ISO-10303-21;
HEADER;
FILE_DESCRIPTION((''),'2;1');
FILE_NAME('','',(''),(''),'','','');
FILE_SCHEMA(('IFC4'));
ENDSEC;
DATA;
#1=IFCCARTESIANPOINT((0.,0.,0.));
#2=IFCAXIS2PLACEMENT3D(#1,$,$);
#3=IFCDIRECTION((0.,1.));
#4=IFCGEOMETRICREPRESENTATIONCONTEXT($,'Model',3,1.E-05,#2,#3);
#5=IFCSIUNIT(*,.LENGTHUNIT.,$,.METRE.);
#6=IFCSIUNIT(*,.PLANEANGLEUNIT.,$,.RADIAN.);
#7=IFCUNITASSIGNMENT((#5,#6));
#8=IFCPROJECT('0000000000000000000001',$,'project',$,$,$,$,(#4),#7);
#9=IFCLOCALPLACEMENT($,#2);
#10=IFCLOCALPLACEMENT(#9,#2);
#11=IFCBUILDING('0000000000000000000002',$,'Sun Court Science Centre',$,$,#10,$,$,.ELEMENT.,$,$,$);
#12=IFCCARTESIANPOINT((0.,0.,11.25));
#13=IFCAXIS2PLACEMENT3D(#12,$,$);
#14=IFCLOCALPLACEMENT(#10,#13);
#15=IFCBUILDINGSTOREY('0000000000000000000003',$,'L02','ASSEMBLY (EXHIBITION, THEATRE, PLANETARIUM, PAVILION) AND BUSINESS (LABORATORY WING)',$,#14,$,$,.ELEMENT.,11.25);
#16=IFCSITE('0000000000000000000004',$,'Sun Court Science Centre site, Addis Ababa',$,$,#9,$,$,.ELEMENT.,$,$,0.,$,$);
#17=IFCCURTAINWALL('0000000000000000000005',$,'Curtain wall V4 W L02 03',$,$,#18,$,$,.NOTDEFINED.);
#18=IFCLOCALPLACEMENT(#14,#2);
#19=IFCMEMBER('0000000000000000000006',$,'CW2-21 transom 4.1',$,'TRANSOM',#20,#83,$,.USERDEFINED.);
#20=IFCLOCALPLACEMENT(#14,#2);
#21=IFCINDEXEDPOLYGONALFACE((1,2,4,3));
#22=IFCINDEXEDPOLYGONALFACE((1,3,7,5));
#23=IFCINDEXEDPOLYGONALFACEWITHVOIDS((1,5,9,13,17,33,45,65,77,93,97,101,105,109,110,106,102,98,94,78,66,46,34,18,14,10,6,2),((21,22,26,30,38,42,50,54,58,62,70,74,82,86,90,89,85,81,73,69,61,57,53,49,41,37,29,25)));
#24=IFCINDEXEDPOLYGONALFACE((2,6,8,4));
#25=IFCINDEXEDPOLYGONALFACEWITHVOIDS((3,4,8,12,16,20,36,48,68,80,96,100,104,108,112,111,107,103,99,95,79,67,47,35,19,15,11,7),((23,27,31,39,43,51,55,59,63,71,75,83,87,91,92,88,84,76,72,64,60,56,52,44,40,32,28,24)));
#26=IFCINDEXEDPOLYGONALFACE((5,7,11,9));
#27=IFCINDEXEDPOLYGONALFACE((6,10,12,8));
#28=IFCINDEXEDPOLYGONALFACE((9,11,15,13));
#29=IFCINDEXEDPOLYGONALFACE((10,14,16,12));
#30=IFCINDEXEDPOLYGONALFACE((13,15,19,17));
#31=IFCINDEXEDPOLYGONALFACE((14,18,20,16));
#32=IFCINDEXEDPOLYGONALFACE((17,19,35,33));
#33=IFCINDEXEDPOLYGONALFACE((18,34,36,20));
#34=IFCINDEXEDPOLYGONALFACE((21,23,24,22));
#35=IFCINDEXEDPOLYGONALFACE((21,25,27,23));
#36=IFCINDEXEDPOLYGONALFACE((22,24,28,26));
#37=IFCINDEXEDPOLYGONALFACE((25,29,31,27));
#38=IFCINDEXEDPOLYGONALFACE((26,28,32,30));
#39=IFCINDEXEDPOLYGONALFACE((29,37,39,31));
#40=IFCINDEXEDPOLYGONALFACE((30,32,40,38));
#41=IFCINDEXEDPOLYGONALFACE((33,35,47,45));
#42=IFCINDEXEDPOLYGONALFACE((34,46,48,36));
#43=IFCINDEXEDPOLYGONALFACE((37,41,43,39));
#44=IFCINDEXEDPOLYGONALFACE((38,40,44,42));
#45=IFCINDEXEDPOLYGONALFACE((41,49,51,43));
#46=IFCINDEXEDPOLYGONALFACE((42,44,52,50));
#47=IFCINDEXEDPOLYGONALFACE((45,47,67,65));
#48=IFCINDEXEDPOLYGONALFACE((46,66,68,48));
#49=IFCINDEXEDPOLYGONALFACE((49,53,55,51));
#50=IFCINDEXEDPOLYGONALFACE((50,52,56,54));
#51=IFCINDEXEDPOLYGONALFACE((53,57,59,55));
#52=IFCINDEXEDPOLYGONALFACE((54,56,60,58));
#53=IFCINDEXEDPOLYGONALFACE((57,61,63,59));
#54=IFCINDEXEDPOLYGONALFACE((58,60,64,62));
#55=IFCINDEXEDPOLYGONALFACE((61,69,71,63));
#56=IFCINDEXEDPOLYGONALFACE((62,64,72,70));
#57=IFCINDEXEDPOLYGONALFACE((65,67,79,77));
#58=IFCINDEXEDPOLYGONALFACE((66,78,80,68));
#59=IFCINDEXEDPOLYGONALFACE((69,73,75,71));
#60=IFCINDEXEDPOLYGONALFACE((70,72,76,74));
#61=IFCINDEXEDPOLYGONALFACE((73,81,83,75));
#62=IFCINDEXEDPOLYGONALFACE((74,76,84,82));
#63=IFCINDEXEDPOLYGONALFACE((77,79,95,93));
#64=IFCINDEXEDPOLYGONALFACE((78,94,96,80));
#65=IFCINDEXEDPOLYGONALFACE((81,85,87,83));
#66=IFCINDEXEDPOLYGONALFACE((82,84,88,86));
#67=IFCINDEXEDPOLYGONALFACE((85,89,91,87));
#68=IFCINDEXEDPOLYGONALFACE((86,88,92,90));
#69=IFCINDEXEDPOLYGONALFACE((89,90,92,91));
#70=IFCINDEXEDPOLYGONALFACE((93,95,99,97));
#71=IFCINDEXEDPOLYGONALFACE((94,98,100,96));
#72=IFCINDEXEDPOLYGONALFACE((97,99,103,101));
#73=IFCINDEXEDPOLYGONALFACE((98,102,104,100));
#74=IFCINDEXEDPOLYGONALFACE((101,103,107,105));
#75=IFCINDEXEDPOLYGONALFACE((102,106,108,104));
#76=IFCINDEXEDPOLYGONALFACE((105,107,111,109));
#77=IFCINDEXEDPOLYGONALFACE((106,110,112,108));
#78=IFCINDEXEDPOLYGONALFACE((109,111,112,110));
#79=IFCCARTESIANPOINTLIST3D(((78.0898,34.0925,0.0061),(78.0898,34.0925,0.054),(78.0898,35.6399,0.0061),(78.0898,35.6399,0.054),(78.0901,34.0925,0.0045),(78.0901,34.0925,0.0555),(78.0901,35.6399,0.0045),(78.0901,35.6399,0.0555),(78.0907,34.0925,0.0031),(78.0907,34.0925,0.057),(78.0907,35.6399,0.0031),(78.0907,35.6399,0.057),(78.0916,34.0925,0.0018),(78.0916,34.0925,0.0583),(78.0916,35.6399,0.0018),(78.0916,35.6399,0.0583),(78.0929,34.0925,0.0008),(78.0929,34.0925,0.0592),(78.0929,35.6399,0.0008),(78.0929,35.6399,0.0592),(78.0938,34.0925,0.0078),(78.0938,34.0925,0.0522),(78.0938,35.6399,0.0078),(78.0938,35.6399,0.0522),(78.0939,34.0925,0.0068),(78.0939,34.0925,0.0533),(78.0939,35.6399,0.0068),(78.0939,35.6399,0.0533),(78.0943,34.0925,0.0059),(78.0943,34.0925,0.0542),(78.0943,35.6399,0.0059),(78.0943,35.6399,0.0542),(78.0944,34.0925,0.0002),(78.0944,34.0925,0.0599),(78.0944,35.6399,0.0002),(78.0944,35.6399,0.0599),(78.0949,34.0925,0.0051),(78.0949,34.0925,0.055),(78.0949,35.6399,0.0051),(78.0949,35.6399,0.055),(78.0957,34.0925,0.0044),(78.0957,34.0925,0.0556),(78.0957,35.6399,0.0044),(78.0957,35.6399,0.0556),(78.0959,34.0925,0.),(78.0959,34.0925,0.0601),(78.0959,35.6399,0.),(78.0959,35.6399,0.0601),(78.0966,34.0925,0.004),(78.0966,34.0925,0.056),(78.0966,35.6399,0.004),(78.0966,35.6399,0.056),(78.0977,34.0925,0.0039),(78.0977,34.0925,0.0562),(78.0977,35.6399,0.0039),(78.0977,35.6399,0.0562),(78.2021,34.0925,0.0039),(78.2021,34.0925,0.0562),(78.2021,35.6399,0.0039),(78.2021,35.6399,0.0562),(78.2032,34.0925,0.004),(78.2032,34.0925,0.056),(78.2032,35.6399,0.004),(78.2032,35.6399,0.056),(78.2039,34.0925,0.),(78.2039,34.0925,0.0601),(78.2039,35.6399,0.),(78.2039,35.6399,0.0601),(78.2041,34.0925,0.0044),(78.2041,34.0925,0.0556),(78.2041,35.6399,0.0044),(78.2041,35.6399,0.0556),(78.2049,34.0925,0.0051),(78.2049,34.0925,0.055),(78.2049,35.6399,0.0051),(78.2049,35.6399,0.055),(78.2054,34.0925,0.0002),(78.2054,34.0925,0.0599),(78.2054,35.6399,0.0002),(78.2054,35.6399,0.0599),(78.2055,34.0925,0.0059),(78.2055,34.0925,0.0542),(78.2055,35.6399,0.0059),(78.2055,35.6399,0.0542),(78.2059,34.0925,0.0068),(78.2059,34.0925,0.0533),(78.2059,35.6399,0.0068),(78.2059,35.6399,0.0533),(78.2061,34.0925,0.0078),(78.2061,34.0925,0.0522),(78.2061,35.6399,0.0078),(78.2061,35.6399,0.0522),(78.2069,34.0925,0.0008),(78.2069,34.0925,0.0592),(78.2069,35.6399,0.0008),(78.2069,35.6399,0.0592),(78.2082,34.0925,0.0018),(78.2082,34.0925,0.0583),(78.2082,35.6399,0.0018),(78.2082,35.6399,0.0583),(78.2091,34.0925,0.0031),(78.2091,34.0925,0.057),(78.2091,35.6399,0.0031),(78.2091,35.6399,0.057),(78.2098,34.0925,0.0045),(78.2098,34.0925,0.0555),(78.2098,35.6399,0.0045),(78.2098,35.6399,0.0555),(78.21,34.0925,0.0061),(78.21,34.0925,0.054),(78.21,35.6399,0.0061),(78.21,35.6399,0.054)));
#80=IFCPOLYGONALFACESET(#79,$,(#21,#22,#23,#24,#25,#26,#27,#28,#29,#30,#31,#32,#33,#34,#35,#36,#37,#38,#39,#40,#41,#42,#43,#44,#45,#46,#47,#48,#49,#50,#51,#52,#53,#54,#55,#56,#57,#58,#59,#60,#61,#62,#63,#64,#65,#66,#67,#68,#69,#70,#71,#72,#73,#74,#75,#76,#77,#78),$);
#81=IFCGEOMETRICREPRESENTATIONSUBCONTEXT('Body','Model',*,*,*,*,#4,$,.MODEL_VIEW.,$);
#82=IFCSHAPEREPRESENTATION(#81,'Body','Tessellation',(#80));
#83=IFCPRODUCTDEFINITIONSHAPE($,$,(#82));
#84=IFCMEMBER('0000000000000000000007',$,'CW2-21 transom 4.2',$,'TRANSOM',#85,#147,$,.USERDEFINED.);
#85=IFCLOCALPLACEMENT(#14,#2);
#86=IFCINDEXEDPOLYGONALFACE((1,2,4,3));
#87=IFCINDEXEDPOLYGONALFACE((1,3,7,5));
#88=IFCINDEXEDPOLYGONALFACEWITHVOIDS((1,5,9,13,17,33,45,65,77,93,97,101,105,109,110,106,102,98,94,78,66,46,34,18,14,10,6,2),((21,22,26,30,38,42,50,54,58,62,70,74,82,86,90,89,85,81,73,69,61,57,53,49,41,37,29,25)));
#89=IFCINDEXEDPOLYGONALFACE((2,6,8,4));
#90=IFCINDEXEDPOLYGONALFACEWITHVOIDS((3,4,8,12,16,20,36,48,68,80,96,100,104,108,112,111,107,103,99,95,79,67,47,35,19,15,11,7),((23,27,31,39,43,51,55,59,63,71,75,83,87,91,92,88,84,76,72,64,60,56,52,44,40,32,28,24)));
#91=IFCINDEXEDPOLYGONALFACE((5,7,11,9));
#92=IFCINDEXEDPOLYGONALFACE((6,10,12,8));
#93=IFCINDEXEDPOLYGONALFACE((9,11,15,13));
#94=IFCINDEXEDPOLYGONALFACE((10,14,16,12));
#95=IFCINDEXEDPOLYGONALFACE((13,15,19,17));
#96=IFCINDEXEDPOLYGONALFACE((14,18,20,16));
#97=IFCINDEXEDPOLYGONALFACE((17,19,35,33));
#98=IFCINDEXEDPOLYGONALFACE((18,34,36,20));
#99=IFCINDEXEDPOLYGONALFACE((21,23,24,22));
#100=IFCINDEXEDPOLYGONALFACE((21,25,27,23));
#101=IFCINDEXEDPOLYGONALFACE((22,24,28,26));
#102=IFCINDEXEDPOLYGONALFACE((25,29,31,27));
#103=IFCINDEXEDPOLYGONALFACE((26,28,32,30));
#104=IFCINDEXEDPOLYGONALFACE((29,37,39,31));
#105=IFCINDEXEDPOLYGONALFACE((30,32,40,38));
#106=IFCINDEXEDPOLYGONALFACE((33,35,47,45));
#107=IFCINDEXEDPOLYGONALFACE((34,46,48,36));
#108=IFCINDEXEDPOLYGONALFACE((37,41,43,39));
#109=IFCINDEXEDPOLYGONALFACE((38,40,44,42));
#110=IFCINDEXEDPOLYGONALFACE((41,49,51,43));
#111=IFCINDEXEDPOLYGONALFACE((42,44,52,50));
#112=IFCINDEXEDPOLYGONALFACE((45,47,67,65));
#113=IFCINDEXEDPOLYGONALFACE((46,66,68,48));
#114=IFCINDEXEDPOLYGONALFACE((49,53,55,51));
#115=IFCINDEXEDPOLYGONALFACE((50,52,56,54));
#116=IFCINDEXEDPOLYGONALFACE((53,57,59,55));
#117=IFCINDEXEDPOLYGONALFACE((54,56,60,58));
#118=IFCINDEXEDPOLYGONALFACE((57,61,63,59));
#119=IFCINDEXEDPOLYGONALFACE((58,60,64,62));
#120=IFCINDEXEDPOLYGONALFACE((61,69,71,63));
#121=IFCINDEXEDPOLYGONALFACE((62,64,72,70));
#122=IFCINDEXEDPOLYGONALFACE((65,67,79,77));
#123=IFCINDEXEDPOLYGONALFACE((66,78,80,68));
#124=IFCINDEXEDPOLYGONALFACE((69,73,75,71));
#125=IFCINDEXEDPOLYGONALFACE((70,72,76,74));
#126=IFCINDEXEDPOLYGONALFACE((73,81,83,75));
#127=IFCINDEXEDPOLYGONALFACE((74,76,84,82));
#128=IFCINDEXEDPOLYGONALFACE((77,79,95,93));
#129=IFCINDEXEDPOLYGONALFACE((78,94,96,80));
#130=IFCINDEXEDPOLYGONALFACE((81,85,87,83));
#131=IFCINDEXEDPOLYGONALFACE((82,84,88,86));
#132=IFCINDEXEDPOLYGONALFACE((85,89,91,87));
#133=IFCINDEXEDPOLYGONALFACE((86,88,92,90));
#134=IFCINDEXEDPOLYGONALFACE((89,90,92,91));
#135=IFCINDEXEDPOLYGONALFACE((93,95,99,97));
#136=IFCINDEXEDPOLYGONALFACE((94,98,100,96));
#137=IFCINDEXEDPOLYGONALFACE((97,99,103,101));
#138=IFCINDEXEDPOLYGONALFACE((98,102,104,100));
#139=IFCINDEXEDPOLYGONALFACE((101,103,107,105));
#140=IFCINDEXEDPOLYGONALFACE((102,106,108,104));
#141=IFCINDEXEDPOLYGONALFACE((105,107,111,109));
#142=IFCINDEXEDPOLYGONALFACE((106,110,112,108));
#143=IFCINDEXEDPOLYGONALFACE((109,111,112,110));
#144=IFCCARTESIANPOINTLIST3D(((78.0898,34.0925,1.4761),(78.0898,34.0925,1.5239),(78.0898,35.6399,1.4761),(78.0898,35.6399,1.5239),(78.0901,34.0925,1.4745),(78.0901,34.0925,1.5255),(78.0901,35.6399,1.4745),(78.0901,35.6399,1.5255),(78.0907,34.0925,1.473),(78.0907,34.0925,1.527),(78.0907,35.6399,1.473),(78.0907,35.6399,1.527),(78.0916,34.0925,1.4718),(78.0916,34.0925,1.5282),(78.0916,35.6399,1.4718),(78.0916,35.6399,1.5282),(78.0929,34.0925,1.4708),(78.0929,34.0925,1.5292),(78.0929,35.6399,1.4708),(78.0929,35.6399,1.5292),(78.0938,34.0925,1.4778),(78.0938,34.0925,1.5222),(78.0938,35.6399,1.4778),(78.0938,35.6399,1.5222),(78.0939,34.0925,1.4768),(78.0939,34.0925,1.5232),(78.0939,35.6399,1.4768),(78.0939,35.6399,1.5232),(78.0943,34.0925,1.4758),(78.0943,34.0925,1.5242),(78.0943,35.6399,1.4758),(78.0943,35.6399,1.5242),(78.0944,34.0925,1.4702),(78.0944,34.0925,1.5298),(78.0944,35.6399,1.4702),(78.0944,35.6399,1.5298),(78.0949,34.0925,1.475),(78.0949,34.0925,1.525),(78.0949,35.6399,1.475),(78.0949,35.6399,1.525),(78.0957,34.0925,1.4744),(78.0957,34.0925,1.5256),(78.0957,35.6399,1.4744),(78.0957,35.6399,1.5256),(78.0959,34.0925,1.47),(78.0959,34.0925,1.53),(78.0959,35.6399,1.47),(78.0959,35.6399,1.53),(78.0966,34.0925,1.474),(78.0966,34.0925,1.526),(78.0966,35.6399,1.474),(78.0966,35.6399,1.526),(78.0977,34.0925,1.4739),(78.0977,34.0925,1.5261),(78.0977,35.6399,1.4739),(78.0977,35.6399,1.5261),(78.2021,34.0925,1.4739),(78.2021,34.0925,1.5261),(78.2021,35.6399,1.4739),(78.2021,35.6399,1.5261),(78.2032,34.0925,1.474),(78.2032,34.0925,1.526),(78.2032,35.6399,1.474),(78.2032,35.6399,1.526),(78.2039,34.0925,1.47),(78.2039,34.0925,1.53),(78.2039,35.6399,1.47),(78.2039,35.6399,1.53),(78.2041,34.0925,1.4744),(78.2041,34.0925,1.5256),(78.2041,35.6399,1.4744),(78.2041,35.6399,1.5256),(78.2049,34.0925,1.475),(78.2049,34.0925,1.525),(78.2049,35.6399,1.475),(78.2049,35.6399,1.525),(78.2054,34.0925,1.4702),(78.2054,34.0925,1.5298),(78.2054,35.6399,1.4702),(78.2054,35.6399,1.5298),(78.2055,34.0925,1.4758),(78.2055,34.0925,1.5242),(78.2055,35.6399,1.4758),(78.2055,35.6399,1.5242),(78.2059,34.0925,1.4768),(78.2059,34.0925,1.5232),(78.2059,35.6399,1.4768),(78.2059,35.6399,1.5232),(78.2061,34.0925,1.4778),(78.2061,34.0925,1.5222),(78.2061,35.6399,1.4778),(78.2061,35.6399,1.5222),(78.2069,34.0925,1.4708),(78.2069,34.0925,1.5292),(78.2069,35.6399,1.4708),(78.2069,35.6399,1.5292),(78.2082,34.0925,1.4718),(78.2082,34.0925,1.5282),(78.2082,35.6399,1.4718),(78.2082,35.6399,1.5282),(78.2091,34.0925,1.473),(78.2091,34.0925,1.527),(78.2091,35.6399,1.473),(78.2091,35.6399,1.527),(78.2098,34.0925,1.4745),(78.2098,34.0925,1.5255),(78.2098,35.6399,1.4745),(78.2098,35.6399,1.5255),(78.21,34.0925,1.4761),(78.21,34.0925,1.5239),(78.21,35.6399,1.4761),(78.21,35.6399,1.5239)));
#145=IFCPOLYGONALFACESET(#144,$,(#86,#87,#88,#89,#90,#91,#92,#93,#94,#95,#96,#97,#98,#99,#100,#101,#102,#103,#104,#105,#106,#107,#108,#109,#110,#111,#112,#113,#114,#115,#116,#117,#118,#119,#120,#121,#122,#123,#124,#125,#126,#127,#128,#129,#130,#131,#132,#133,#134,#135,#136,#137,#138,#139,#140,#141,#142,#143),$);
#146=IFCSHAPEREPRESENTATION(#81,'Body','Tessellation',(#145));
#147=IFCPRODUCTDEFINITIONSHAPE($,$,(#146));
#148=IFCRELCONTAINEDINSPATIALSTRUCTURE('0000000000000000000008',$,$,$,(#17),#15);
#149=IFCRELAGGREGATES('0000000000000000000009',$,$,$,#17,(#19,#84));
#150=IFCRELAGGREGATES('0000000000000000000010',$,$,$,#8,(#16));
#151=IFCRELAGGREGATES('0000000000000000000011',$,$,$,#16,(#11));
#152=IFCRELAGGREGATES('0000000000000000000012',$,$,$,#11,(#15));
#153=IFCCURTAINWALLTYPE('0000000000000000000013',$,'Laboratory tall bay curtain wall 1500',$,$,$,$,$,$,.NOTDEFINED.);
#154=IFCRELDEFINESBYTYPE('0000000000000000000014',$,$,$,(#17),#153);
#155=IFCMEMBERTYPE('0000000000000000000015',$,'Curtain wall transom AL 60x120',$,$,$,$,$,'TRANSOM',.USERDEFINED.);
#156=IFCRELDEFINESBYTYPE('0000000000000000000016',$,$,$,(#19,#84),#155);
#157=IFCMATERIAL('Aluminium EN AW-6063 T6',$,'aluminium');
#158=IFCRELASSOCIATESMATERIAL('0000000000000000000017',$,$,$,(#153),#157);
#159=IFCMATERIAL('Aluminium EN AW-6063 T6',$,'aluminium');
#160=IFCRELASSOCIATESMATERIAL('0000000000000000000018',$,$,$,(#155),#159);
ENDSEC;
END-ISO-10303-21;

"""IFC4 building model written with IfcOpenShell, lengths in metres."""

from ifc_helpers import new_model, si_unit, direction, frame, origin, origin_2d, place, context, subcontext, project, spatial, hollow_rectangle, extrude, material, material_profile, profile_set, type_object, element, aggregate, save


model = new_model("IFC4")

# Units and contexts
model_context = context("Model", 3, precision=1e-05, world=origin(), true_north=direction((0.0, 1.0)))
body_context = subcontext(model_context, "Body", "Model", "MODEL_VIEW")
ifc_project = project(units=[si_unit("LENGTHUNIT", "METRE"), si_unit("PLANEANGLEUNIT", "RADIAN")], contexts=[model_context])

# Site, building, storey
site_placement = place(None, origin())
site = spatial("IfcSite", under=ifc_project, at=site_placement, Name="Sun Court Science Centre site, Addis Ababa", CompositionType="ELEMENT", RefElevation=0.0)
building_placement = place(site_placement, origin())
building = spatial("IfcBuilding", under=site, at=building_placement, Name="Sun Court Science Centre", CompositionType="ELEMENT")
storey_placement = place(building_placement, frame((0.0, 0.0, 11.25)))
storey = spatial("IfcBuildingStorey", under=building, at=storey_placement, Name="L02", Description="ASSEMBLY (EXHIBITION, THEATRE, PLANETARIUM, PAVILION) AND BUSINESS (LABORATORY WING)", CompositionType="ELEMENT", Elevation=11.25)

# Curtain wall, members
ifc_material_1 = material(Name="Aluminium EN AW-6063 T6", Category="aluminium")
curtain_wall_type = type_object("IfcCurtainWallType", Name="Laboratory tall bay curtain wall 1500", PredefinedType="NOTDEFINED", material=ifc_material_1)
curtain_wall_placement = place(storey_placement, origin())
curtain_wall = element("IfcCurtainWall", 1, at=curtain_wall_placement, inside=storey, type_object=curtain_wall_type, Name="Curtain wall V4 W L02 03", PredefinedType="NOTDEFINED")
ifc_material_2 = material(Name="Aluminium EN AW-6063 T6", Category="aluminium")
ifc_material_profile_1 = material_profile(ifc_material_2, hollow_rectangle(XDim=0.0601, YDim=0.1201, WallThickness=0.0039, InnerFilletRadius=0.0039, OuterFilletRadius=0.0061, at=origin_2d()), Name="AL 60x120x4")
ifc_profile_set_1 = profile_set([ifc_material_profile_1], Name="Aluminium EN AW-6063 T6")
member_type_1 = type_object("IfcMemberType", Name="Curtain wall transom AL 60x120", ElementType="TRANSOM", PredefinedType="USERDEFINED", material=ifc_profile_set_1)
member_1_placement = place(storey_placement, frame((78.1499, 34.0925, 0.03), z_axis=(0.0, 1.0, 0.0), x_axis=(0.0, 0.0, 1.0)))
member_1 = element("IfcMember", 2, at=member_1_placement, type_object=member_type_1, Name="CW2-21 transom 4.1", ObjectType="TRANSOM", PredefinedType="USERDEFINED", context=body_context, shape_type="SweptSolid", body=[
    extrude(hollow_rectangle(XDim=0.0601, YDim=0.1201, WallThickness=0.0039, InnerFilletRadius=0.0039, OuterFilletRadius=0.0061, at=origin_2d()), origin(), (0.0, 0.0, 1.0), 1.5474),
])
member_2_placement = place(storey_placement, frame((78.1499, 34.0925, 1.5), z_axis=(0.0, 1.0, 0.0), x_axis=(0.0, 0.0, 1.0)))
member_2 = element("IfcMember", 3, at=member_2_placement, type_object=member_type_1, Name="CW2-21 transom 4.2", ObjectType="TRANSOM", PredefinedType="USERDEFINED", context=body_context, shape_type="SweptSolid", body=[
    extrude(hollow_rectangle(XDim=0.0601, YDim=0.1201, WallThickness=0.0039, InnerFilletRadius=0.0039, OuterFilletRadius=0.0061, at=origin_2d()), origin(), (0.0, 0.0, 1.0), 1.5474),
])

aggregate(curtain_wall, [member_1, member_2])

save(model, "model.ifc")
